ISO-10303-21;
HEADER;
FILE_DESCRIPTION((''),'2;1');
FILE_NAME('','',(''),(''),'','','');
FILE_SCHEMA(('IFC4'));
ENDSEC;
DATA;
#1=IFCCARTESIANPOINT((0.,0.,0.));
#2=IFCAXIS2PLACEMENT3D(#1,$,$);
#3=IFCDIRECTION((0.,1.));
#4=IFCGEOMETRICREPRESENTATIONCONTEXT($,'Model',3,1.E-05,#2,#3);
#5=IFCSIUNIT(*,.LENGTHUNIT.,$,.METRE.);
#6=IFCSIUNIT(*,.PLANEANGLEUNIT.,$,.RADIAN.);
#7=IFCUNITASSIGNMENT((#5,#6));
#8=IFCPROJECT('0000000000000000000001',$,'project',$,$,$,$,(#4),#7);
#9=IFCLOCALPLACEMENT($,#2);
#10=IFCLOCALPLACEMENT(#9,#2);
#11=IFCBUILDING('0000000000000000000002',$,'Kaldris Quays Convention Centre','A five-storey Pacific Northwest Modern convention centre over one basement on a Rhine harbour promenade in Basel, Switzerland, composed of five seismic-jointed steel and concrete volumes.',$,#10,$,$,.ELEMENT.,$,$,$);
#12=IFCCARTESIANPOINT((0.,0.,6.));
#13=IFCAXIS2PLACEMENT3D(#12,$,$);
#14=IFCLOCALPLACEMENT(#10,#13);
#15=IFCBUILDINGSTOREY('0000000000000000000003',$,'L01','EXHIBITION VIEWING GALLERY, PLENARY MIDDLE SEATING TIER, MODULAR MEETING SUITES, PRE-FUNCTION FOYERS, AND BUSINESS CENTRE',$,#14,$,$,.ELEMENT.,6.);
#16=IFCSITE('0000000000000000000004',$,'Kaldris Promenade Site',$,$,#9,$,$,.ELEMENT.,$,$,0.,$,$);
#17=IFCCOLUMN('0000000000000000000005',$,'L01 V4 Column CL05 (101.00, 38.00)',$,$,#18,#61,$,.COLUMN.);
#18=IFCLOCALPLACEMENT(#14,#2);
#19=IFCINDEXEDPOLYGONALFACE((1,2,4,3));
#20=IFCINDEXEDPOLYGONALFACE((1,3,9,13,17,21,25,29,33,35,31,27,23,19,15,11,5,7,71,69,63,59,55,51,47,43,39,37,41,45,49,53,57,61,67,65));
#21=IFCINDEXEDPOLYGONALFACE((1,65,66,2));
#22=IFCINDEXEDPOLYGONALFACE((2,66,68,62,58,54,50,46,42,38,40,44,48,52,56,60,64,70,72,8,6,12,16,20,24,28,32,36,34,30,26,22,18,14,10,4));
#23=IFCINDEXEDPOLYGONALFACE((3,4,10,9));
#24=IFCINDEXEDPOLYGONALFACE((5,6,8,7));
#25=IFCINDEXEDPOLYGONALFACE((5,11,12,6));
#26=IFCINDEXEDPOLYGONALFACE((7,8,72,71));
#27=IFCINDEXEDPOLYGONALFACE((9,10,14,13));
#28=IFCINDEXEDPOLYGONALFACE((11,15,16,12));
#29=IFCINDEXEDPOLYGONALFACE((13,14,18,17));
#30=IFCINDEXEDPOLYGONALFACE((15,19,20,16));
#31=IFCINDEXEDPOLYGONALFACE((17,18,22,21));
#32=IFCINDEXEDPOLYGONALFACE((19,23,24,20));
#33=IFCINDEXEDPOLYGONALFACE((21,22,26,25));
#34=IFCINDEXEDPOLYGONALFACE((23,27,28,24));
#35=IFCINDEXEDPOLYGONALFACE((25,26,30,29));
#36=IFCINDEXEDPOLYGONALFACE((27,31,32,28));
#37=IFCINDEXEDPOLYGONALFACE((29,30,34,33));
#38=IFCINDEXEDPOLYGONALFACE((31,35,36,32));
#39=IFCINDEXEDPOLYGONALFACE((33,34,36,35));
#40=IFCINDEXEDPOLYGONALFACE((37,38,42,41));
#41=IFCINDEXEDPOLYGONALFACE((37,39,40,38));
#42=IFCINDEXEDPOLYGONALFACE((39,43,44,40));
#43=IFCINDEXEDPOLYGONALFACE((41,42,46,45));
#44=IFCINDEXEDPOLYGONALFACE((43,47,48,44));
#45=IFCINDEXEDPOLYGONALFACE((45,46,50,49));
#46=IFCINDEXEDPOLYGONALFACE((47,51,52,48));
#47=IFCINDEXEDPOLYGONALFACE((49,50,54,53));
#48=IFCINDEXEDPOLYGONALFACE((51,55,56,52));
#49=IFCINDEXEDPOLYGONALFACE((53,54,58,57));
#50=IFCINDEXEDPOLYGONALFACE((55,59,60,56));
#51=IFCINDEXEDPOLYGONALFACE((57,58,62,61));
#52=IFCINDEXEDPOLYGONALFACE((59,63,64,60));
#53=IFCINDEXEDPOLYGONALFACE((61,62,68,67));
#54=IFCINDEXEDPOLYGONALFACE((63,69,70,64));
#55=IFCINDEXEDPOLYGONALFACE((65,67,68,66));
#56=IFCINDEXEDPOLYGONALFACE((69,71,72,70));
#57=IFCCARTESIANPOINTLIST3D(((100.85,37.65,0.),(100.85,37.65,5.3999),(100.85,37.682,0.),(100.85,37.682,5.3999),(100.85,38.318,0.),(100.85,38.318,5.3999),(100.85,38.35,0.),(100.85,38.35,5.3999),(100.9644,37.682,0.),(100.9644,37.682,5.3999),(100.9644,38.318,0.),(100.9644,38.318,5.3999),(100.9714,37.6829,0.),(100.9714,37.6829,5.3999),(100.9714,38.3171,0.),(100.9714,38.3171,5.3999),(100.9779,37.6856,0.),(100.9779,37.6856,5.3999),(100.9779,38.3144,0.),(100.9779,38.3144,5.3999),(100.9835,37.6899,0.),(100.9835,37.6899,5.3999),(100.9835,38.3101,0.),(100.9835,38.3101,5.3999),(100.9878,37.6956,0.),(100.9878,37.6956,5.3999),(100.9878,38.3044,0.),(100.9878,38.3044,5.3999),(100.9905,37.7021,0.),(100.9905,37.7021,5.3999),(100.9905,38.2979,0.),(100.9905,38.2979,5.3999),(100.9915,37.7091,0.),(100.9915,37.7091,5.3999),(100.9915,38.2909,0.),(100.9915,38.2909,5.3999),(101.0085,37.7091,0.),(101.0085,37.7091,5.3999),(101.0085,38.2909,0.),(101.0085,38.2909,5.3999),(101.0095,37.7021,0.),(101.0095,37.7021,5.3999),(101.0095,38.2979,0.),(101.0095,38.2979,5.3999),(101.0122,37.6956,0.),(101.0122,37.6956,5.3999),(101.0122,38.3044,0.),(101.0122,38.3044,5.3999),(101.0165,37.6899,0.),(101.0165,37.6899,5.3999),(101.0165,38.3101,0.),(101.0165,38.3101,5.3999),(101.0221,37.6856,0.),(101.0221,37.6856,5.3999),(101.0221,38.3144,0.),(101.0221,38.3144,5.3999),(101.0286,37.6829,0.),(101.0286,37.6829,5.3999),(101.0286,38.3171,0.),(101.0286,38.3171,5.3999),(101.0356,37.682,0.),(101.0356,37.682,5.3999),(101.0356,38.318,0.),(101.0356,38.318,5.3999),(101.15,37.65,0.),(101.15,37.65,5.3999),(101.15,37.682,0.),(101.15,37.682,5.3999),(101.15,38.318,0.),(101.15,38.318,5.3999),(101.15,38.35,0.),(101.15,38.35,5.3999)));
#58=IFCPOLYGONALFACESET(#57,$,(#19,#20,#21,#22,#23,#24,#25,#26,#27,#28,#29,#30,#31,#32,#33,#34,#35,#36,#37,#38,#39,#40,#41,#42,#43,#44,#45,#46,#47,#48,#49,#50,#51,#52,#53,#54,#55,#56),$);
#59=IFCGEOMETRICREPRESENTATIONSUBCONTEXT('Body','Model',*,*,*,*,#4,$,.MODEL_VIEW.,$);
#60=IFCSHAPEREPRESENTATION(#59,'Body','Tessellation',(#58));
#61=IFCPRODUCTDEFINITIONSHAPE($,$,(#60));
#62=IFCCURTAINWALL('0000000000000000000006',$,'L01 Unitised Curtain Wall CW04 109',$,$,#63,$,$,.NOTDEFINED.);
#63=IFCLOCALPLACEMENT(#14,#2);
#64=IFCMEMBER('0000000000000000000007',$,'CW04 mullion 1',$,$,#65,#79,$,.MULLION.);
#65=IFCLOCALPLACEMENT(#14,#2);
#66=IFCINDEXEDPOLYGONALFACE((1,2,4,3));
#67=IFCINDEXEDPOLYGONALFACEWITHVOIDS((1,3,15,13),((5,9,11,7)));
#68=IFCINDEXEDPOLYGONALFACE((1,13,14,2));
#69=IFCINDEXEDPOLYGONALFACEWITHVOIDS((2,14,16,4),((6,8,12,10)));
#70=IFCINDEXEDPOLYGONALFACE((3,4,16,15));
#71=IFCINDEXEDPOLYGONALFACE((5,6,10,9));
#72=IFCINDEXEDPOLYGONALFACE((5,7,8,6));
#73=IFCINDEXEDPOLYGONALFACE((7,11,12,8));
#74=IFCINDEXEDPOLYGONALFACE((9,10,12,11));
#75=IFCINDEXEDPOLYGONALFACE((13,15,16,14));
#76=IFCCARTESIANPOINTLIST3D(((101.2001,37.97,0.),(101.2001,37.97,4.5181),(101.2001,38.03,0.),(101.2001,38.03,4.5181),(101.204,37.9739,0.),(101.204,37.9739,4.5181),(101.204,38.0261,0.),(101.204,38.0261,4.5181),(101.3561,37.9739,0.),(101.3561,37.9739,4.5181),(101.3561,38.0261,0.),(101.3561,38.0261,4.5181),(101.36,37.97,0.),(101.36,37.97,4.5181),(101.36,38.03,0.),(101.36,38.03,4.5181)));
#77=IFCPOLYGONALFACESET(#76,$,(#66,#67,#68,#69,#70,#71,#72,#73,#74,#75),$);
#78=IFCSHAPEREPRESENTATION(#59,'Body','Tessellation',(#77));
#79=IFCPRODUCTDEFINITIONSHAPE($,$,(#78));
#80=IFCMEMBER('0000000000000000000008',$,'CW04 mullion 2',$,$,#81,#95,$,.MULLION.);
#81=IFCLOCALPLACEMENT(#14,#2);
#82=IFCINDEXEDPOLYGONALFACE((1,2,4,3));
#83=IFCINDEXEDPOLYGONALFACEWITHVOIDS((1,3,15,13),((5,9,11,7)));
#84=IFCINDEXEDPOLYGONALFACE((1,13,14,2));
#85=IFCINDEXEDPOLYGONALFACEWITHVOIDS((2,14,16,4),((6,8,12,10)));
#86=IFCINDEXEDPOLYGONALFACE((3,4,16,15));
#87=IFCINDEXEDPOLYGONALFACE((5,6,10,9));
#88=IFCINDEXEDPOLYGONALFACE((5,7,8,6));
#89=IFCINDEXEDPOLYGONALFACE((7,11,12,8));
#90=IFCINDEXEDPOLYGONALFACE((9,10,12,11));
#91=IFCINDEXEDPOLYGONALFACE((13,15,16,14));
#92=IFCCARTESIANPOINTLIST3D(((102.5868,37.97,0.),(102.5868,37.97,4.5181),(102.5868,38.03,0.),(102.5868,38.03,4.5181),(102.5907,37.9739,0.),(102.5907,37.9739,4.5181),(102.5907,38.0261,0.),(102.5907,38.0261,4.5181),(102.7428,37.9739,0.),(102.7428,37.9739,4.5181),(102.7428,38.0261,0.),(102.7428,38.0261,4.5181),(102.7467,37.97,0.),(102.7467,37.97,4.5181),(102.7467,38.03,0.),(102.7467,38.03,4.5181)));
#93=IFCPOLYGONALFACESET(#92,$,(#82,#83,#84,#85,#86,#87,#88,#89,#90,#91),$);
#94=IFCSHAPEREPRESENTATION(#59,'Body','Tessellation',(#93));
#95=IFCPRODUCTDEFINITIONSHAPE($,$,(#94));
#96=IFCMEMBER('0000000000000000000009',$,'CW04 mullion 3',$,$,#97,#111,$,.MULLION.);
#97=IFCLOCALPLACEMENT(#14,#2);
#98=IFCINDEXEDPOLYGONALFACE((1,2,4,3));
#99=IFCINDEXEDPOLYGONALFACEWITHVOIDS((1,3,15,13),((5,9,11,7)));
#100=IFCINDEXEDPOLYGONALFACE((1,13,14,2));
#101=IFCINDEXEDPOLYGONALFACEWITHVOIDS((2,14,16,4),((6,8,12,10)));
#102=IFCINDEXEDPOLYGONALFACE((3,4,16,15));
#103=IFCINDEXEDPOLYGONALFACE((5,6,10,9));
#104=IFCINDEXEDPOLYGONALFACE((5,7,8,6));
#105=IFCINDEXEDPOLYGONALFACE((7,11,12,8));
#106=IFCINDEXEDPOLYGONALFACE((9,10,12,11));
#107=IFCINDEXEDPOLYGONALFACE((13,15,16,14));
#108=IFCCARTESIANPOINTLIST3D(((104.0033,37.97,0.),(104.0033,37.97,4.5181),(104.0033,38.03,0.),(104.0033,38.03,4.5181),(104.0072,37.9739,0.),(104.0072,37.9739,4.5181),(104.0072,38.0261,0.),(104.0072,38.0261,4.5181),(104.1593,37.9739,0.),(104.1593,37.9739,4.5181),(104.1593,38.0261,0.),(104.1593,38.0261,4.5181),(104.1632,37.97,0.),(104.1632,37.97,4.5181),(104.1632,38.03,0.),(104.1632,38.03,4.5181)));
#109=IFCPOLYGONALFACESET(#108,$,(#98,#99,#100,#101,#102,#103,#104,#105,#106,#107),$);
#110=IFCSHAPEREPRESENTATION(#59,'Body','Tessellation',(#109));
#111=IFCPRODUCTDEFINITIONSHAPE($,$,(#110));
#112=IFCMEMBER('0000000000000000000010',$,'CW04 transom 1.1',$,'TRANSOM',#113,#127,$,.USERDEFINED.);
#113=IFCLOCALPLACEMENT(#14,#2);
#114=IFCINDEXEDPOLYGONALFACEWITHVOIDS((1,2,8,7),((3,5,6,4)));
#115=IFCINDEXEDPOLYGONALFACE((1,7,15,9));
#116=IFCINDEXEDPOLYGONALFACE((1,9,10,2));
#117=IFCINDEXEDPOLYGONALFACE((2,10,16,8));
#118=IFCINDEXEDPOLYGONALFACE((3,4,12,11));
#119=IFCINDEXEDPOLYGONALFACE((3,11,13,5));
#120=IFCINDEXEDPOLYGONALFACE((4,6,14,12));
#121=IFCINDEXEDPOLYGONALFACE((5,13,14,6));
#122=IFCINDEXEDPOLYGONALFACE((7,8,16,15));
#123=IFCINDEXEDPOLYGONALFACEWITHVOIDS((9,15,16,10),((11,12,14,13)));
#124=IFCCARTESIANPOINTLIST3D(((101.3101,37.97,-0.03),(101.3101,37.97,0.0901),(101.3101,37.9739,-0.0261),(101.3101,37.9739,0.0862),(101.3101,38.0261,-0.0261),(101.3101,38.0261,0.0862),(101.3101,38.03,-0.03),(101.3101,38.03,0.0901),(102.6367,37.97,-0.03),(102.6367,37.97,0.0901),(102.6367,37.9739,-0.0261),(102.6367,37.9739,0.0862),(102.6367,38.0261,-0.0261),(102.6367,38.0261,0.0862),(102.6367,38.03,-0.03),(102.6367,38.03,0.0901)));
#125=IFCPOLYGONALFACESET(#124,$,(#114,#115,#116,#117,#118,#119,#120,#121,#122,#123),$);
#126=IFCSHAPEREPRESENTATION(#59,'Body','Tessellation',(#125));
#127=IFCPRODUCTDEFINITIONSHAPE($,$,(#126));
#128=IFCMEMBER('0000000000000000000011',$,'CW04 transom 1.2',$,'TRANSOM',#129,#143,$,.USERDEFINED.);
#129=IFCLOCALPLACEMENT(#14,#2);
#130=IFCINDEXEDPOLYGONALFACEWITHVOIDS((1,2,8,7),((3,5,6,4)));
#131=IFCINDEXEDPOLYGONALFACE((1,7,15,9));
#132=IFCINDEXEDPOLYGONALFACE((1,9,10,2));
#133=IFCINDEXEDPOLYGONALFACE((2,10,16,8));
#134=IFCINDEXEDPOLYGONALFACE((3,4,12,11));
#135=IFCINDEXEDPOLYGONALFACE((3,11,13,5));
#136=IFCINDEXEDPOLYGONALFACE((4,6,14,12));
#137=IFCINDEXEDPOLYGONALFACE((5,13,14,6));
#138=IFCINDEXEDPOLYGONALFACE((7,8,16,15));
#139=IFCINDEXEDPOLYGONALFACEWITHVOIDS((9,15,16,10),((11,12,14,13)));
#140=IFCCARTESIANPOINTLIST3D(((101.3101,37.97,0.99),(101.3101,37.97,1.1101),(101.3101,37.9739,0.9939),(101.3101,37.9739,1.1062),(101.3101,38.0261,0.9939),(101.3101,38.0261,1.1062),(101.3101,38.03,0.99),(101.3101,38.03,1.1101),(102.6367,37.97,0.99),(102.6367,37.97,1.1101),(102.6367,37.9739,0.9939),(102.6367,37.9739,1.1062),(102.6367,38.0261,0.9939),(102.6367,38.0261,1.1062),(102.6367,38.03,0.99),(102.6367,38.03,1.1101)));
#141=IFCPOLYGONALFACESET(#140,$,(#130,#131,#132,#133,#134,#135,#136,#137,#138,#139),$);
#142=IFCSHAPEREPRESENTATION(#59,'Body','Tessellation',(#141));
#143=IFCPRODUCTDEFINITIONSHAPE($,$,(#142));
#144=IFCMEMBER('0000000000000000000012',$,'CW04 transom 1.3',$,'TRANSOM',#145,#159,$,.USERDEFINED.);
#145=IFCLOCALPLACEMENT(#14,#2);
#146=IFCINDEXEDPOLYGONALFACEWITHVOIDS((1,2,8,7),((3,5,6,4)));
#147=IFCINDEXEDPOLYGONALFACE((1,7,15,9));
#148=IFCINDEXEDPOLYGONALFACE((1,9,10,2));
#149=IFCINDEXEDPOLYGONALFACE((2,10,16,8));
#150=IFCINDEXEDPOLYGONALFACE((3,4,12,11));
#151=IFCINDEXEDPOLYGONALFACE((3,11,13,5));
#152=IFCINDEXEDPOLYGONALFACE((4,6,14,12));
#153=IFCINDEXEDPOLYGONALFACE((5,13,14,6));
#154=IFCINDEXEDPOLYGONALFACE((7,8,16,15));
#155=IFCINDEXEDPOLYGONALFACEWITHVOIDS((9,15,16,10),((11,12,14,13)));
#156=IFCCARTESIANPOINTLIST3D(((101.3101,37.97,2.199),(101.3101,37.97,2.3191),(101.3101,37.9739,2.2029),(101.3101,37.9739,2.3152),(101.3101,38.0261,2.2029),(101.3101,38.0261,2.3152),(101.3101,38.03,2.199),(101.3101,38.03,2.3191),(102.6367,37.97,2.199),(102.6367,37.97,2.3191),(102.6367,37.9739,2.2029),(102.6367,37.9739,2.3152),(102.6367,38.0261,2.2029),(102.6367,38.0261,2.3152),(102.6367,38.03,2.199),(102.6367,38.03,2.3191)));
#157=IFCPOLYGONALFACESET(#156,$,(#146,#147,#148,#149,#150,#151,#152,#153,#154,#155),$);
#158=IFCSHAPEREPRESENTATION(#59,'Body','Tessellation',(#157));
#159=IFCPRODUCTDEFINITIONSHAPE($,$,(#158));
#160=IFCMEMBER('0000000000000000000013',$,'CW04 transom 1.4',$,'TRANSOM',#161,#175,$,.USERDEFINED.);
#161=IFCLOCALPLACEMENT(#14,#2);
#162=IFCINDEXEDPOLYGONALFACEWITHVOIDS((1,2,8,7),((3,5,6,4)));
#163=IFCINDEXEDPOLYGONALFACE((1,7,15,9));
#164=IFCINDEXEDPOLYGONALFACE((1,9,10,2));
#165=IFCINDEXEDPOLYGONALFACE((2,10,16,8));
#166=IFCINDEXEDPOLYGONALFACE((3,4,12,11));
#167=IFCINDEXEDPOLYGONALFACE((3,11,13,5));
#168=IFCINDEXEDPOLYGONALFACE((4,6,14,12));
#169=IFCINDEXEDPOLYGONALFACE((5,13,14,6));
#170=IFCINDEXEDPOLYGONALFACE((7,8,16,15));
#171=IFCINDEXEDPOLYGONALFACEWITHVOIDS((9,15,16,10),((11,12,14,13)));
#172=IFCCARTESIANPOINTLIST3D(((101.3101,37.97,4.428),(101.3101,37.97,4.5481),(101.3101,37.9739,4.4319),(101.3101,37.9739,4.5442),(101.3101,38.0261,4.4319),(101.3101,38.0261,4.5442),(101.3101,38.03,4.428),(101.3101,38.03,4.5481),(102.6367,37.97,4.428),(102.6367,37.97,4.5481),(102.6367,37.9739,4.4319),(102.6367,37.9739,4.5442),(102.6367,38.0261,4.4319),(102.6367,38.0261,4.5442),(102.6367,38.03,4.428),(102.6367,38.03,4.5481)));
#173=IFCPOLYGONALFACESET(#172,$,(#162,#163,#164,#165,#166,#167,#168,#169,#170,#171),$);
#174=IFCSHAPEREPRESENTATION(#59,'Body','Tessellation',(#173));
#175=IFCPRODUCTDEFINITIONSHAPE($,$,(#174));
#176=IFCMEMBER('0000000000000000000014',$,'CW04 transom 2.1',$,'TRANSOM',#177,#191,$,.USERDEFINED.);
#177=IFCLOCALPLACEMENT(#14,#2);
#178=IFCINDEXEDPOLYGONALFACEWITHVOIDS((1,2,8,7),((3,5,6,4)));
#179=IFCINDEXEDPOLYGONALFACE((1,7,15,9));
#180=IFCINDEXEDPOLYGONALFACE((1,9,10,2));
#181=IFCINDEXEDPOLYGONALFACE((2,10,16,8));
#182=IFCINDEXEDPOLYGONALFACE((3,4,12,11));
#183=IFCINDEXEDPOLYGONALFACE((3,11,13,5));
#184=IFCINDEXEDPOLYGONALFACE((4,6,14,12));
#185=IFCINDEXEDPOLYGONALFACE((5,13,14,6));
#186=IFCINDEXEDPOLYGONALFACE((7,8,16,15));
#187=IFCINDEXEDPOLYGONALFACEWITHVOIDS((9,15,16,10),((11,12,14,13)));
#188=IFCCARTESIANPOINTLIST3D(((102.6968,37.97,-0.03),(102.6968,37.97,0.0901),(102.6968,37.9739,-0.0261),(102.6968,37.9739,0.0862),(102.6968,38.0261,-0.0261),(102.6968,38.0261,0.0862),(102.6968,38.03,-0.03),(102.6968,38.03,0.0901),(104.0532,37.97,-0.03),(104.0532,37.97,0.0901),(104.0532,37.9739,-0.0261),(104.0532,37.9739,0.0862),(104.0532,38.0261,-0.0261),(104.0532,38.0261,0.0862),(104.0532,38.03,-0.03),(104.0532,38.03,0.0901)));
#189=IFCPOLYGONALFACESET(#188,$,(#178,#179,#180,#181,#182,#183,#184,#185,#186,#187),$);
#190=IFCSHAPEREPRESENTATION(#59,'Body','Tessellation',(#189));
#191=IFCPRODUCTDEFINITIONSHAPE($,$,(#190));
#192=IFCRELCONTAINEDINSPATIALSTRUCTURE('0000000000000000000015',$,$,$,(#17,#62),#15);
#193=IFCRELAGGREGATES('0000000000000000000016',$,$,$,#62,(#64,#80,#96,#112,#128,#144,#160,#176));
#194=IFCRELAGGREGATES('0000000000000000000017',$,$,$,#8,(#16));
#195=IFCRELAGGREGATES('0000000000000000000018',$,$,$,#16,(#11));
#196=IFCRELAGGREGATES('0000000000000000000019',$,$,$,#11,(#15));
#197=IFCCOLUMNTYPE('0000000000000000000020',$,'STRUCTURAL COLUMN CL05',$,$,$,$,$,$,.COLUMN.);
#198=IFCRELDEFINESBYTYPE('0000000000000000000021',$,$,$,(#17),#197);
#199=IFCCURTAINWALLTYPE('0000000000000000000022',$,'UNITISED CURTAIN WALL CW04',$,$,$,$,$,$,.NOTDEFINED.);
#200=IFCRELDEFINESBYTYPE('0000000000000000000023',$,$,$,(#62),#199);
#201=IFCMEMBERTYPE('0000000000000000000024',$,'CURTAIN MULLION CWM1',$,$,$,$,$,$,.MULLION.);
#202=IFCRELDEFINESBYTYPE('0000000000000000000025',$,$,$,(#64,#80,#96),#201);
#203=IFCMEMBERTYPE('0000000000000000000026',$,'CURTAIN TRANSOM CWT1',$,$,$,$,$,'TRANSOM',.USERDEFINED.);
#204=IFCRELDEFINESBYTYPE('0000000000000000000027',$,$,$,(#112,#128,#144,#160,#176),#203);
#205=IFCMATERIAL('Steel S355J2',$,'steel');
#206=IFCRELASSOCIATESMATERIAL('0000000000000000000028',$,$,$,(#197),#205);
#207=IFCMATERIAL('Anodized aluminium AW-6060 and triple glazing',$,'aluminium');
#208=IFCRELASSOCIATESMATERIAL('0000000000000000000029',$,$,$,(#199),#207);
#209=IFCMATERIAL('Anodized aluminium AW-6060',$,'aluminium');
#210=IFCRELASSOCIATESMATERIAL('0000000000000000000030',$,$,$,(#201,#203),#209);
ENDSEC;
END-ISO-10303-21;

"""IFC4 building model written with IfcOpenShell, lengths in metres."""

from ifc_helpers import new_model, si_unit, direction, frame, origin, origin_2d, place, context, subcontext, project, spatial, hollow_rectangle, i_section, extrude, material, material_profile, profile_set, type_object, element, aggregate, save


model = new_model("IFC4")

# Units and contexts
model_context = context("Model", 3, precision=1e-05, world=origin(), true_north=direction((0.0, 1.0)))
body_context = subcontext(model_context, "Body", "Model", "MODEL_VIEW")
ifc_project = project(units=[si_unit("LENGTHUNIT", "METRE"), si_unit("PLANEANGLEUNIT", "RADIAN")], contexts=[model_context])

# Site, building, storey
site_placement = place(None, origin())
site = spatial("IfcSite", under=ifc_project, at=site_placement, Name="Kaldris Promenade Site", CompositionType="ELEMENT", RefElevation=0.0)
building_placement = place(site_placement, origin())
building = spatial("IfcBuilding", under=site, at=building_placement, Name="Kaldris Quays Convention Centre", Description="A five-storey Pacific Northwest Modern convention centre over one basement on a Rhine harbour promenade in Basel, Switzerland, composed of five seismic-jointed steel and concrete volumes.", CompositionType="ELEMENT")
storey_placement = place(building_placement, frame((0.0, 0.0, 6.0)))
storey = spatial("IfcBuildingStorey", under=building, at=storey_placement, Name="L01", Description="EXHIBITION VIEWING GALLERY, PLENARY MIDDLE SEATING TIER, MODULAR MEETING SUITES, PRE-FUNCTION FOYERS, AND BUSINESS CENTRE", CompositionType="ELEMENT", Elevation=6.0)

# Column
ifc_material_1 = material(Name="Steel S355J2", Category="steel")
ifc_material_profile_1 = material_profile(ifc_material_1, i_section(OverallWidth=0.3, OverallDepth=0.7, WebThickness=0.0171, FlangeThickness=0.032, FilletRadius=0.0271, at=origin_2d()), Name="HEB 700")
ifc_profile_set_1 = profile_set([ifc_material_profile_1], Name="Steel S355J2")
column_type = type_object("IfcColumnType", Name="STRUCTURAL COLUMN CL05", PredefinedType="COLUMN", material=ifc_profile_set_1)
column_placement = place(storey_placement, frame((101.0, 38.0, 0.0), z_axis=(0.0, 0.0, 1.0), x_axis=(1.0, 0.0, 0.0)))
element("IfcColumn", 1, at=column_placement, inside=storey, type_object=column_type, Name="L01 V4 Column CL05 (101.00, 38.00)", PredefinedType="COLUMN", context=body_context, shape_type="SweptSolid", body=[
    extrude(i_section(OverallWidth=0.3, OverallDepth=0.7, WebThickness=0.0171, FlangeThickness=0.032, FilletRadius=0.0271, at=origin_2d()), origin(), (0.0, 0.0, 1.0), 5.3999),
])

# Curtain wall, members
ifc_material_2 = material(Name="Anodized aluminium AW-6060 and triple glazing", Category="aluminium")
curtain_wall_type = type_object("IfcCurtainWallType", Name="UNITISED CURTAIN WALL CW04", PredefinedType="NOTDEFINED", material=ifc_material_2)
curtain_wall_placement = place(storey_placement, origin())
curtain_wall = element("IfcCurtainWall", 2, at=curtain_wall_placement, inside=storey, type_object=curtain_wall_type, Name="L01 Unitised Curtain Wall CW04 109", PredefinedType="NOTDEFINED")
ifc_material_3 = material(Name="Anodized aluminium AW-6060", Category="aluminium")
ifc_material_profile_2 = material_profile(ifc_material_3, hollow_rectangle(XDim=0.0601, YDim=0.1599, WallThickness=0.0039, at=origin_2d()), Name="RHS 160x60x4")
ifc_profile_set_2 = profile_set([ifc_material_profile_2], Name="Anodized aluminium AW-6060")
member_type_1 = type_object("IfcMemberType", Name="CURTAIN MULLION CWM1", PredefinedType="MULLION", material=ifc_profile_set_2)
member_1_placement = place(storey_placement, frame((101.28, 38.0, 0.0), z_axis=(0.0, 0.0, 1.0), x_axis=(0.0, 1.0, 0.0)))
member_1 = element("IfcMember", 3, at=member_1_placement, type_object=member_type_1, Name="CW04 mullion 1", PredefinedType="MULLION", context=body_context, shape_type="SweptSolid", body=[
    extrude(hollow_rectangle(XDim=0.0601, YDim=0.1599, WallThickness=0.0039, at=origin_2d()), origin(), (0.0, 0.0, 1.0), 4.5181),
])
member_2_placement = place(storey_placement, frame((102.6667, 38.0, 0.0), z_axis=(0.0, 0.0, 1.0), x_axis=(0.0, 1.0, 0.0)))
member_2 = element("IfcMember", 4, at=member_2_placement, type_object=member_type_1, Name="CW04 mullion 2", PredefinedType="MULLION", context=body_context, shape_type="SweptSolid", body=[
    extrude(hollow_rectangle(XDim=0.0601, YDim=0.1599, WallThickness=0.0039, at=origin_2d()), origin(), (0.0, 0.0, 1.0), 4.5181),
])
member_3_placement = place(storey_placement, frame((104.0833, 38.0, 0.0), z_axis=(0.0, 0.0, 1.0), x_axis=(0.0, 1.0, 0.0)))
member_3 = element("IfcMember", 5, at=member_3_placement, type_object=member_type_1, Name="CW04 mullion 3", PredefinedType="MULLION", context=body_context, shape_type="SweptSolid", body=[
    extrude(hollow_rectangle(XDim=0.0601, YDim=0.1599, WallThickness=0.0039, at=origin_2d()), origin(), (0.0, 0.0, 1.0), 4.5181),
])
ifc_material_profile_3 = material_profile(ifc_material_3, hollow_rectangle(XDim=0.0601, YDim=0.1201, WallThickness=0.0039, at=origin_2d()), Name="RHS 120x60x4")
ifc_profile_set_3 = profile_set([ifc_material_profile_3], Name="Anodized aluminium AW-6060")
member_type_2 = type_object("IfcMemberType", Name="CURTAIN TRANSOM CWT1", ElementType="TRANSOM", PredefinedType="USERDEFINED", material=ifc_profile_set_3)
member_4_placement = place(storey_placement, frame((101.3101, 38.0, 0.03), z_axis=(1.0, 0.0, 0.0), x_axis=(0.0, 1.0, 0.0)))
member_4 = element("IfcMember", 6, at=member_4_placement, type_object=member_type_2, Name="CW04 transom 1.1", ObjectType="TRANSOM", PredefinedType="USERDEFINED", context=body_context, shape_type="SweptSolid", body=[
    extrude(hollow_rectangle(XDim=0.0601, YDim=0.1201, WallThickness=0.0039, at=origin_2d()), origin(), (0.0, 0.0, 1.0), 1.3267),
])
member_5_placement = place(storey_placement, frame((101.3101, 38.0, 1.05), z_axis=(1.0, 0.0, 0.0), x_axis=(0.0, 1.0, 0.0)))
member_5 = element("IfcMember", 7, at=member_5_placement, type_object=member_type_2, Name="CW04 transom 1.2", ObjectType="TRANSOM", PredefinedType="USERDEFINED", context=body_context, shape_type="SweptSolid", body=[
    extrude(hollow_rectangle(XDim=0.0601, YDim=0.1201, WallThickness=0.0039, at=origin_2d()), origin(), (0.0, 0.0, 1.0), 1.3267),
])
member_6_placement = place(storey_placement, frame((101.3101, 38.0, 2.259), z_axis=(1.0, 0.0, 0.0), x_axis=(0.0, 1.0, 0.0)))
member_6 = element("IfcMember", 8, at=member_6_placement, type_object=member_type_2, Name="CW04 transom 1.3", ObjectType="TRANSOM", PredefinedType="USERDEFINED", context=body_context, shape_type="SweptSolid", body=[
    extrude(hollow_rectangle(XDim=0.0601, YDim=0.1201, WallThickness=0.0039, at=origin_2d()), origin(), (0.0, 0.0, 1.0), 1.3267),
])
member_7_placement = place(storey_placement, frame((101.3101, 38.0, 4.488), z_axis=(1.0, 0.0, 0.0), x_axis=(0.0, 1.0, 0.0)))
member_7 = element("IfcMember", 9, at=member_7_placement, type_object=member_type_2, Name="CW04 transom 1.4", ObjectType="TRANSOM", PredefinedType="USERDEFINED", context=body_context, shape_type="SweptSolid", body=[
    extrude(hollow_rectangle(XDim=0.0601, YDim=0.1201, WallThickness=0.0039, at=origin_2d()), origin(), (0.0, 0.0, 1.0), 1.3267),
])
member_8_placement = place(storey_placement, frame((102.6968, 38.0, 0.03), z_axis=(1.0, 0.0, 0.0), x_axis=(0.0, 1.0, 0.0)))
member_8 = element("IfcMember", 10, at=member_8_placement, type_object=member_type_2, Name="CW04 transom 2.1", ObjectType="TRANSOM", PredefinedType="USERDEFINED", context=body_context, shape_type="SweptSolid", body=[
    extrude(hollow_rectangle(XDim=0.0601, YDim=0.1201, WallThickness=0.0039, at=origin_2d()), origin(), (0.0, 0.0, 1.0), 1.3564),
])

aggregate(curtain_wall, [member_1, member_2, member_3, member_4, member_5, member_6, member_7, member_8])

save(model, "model.ifc")
